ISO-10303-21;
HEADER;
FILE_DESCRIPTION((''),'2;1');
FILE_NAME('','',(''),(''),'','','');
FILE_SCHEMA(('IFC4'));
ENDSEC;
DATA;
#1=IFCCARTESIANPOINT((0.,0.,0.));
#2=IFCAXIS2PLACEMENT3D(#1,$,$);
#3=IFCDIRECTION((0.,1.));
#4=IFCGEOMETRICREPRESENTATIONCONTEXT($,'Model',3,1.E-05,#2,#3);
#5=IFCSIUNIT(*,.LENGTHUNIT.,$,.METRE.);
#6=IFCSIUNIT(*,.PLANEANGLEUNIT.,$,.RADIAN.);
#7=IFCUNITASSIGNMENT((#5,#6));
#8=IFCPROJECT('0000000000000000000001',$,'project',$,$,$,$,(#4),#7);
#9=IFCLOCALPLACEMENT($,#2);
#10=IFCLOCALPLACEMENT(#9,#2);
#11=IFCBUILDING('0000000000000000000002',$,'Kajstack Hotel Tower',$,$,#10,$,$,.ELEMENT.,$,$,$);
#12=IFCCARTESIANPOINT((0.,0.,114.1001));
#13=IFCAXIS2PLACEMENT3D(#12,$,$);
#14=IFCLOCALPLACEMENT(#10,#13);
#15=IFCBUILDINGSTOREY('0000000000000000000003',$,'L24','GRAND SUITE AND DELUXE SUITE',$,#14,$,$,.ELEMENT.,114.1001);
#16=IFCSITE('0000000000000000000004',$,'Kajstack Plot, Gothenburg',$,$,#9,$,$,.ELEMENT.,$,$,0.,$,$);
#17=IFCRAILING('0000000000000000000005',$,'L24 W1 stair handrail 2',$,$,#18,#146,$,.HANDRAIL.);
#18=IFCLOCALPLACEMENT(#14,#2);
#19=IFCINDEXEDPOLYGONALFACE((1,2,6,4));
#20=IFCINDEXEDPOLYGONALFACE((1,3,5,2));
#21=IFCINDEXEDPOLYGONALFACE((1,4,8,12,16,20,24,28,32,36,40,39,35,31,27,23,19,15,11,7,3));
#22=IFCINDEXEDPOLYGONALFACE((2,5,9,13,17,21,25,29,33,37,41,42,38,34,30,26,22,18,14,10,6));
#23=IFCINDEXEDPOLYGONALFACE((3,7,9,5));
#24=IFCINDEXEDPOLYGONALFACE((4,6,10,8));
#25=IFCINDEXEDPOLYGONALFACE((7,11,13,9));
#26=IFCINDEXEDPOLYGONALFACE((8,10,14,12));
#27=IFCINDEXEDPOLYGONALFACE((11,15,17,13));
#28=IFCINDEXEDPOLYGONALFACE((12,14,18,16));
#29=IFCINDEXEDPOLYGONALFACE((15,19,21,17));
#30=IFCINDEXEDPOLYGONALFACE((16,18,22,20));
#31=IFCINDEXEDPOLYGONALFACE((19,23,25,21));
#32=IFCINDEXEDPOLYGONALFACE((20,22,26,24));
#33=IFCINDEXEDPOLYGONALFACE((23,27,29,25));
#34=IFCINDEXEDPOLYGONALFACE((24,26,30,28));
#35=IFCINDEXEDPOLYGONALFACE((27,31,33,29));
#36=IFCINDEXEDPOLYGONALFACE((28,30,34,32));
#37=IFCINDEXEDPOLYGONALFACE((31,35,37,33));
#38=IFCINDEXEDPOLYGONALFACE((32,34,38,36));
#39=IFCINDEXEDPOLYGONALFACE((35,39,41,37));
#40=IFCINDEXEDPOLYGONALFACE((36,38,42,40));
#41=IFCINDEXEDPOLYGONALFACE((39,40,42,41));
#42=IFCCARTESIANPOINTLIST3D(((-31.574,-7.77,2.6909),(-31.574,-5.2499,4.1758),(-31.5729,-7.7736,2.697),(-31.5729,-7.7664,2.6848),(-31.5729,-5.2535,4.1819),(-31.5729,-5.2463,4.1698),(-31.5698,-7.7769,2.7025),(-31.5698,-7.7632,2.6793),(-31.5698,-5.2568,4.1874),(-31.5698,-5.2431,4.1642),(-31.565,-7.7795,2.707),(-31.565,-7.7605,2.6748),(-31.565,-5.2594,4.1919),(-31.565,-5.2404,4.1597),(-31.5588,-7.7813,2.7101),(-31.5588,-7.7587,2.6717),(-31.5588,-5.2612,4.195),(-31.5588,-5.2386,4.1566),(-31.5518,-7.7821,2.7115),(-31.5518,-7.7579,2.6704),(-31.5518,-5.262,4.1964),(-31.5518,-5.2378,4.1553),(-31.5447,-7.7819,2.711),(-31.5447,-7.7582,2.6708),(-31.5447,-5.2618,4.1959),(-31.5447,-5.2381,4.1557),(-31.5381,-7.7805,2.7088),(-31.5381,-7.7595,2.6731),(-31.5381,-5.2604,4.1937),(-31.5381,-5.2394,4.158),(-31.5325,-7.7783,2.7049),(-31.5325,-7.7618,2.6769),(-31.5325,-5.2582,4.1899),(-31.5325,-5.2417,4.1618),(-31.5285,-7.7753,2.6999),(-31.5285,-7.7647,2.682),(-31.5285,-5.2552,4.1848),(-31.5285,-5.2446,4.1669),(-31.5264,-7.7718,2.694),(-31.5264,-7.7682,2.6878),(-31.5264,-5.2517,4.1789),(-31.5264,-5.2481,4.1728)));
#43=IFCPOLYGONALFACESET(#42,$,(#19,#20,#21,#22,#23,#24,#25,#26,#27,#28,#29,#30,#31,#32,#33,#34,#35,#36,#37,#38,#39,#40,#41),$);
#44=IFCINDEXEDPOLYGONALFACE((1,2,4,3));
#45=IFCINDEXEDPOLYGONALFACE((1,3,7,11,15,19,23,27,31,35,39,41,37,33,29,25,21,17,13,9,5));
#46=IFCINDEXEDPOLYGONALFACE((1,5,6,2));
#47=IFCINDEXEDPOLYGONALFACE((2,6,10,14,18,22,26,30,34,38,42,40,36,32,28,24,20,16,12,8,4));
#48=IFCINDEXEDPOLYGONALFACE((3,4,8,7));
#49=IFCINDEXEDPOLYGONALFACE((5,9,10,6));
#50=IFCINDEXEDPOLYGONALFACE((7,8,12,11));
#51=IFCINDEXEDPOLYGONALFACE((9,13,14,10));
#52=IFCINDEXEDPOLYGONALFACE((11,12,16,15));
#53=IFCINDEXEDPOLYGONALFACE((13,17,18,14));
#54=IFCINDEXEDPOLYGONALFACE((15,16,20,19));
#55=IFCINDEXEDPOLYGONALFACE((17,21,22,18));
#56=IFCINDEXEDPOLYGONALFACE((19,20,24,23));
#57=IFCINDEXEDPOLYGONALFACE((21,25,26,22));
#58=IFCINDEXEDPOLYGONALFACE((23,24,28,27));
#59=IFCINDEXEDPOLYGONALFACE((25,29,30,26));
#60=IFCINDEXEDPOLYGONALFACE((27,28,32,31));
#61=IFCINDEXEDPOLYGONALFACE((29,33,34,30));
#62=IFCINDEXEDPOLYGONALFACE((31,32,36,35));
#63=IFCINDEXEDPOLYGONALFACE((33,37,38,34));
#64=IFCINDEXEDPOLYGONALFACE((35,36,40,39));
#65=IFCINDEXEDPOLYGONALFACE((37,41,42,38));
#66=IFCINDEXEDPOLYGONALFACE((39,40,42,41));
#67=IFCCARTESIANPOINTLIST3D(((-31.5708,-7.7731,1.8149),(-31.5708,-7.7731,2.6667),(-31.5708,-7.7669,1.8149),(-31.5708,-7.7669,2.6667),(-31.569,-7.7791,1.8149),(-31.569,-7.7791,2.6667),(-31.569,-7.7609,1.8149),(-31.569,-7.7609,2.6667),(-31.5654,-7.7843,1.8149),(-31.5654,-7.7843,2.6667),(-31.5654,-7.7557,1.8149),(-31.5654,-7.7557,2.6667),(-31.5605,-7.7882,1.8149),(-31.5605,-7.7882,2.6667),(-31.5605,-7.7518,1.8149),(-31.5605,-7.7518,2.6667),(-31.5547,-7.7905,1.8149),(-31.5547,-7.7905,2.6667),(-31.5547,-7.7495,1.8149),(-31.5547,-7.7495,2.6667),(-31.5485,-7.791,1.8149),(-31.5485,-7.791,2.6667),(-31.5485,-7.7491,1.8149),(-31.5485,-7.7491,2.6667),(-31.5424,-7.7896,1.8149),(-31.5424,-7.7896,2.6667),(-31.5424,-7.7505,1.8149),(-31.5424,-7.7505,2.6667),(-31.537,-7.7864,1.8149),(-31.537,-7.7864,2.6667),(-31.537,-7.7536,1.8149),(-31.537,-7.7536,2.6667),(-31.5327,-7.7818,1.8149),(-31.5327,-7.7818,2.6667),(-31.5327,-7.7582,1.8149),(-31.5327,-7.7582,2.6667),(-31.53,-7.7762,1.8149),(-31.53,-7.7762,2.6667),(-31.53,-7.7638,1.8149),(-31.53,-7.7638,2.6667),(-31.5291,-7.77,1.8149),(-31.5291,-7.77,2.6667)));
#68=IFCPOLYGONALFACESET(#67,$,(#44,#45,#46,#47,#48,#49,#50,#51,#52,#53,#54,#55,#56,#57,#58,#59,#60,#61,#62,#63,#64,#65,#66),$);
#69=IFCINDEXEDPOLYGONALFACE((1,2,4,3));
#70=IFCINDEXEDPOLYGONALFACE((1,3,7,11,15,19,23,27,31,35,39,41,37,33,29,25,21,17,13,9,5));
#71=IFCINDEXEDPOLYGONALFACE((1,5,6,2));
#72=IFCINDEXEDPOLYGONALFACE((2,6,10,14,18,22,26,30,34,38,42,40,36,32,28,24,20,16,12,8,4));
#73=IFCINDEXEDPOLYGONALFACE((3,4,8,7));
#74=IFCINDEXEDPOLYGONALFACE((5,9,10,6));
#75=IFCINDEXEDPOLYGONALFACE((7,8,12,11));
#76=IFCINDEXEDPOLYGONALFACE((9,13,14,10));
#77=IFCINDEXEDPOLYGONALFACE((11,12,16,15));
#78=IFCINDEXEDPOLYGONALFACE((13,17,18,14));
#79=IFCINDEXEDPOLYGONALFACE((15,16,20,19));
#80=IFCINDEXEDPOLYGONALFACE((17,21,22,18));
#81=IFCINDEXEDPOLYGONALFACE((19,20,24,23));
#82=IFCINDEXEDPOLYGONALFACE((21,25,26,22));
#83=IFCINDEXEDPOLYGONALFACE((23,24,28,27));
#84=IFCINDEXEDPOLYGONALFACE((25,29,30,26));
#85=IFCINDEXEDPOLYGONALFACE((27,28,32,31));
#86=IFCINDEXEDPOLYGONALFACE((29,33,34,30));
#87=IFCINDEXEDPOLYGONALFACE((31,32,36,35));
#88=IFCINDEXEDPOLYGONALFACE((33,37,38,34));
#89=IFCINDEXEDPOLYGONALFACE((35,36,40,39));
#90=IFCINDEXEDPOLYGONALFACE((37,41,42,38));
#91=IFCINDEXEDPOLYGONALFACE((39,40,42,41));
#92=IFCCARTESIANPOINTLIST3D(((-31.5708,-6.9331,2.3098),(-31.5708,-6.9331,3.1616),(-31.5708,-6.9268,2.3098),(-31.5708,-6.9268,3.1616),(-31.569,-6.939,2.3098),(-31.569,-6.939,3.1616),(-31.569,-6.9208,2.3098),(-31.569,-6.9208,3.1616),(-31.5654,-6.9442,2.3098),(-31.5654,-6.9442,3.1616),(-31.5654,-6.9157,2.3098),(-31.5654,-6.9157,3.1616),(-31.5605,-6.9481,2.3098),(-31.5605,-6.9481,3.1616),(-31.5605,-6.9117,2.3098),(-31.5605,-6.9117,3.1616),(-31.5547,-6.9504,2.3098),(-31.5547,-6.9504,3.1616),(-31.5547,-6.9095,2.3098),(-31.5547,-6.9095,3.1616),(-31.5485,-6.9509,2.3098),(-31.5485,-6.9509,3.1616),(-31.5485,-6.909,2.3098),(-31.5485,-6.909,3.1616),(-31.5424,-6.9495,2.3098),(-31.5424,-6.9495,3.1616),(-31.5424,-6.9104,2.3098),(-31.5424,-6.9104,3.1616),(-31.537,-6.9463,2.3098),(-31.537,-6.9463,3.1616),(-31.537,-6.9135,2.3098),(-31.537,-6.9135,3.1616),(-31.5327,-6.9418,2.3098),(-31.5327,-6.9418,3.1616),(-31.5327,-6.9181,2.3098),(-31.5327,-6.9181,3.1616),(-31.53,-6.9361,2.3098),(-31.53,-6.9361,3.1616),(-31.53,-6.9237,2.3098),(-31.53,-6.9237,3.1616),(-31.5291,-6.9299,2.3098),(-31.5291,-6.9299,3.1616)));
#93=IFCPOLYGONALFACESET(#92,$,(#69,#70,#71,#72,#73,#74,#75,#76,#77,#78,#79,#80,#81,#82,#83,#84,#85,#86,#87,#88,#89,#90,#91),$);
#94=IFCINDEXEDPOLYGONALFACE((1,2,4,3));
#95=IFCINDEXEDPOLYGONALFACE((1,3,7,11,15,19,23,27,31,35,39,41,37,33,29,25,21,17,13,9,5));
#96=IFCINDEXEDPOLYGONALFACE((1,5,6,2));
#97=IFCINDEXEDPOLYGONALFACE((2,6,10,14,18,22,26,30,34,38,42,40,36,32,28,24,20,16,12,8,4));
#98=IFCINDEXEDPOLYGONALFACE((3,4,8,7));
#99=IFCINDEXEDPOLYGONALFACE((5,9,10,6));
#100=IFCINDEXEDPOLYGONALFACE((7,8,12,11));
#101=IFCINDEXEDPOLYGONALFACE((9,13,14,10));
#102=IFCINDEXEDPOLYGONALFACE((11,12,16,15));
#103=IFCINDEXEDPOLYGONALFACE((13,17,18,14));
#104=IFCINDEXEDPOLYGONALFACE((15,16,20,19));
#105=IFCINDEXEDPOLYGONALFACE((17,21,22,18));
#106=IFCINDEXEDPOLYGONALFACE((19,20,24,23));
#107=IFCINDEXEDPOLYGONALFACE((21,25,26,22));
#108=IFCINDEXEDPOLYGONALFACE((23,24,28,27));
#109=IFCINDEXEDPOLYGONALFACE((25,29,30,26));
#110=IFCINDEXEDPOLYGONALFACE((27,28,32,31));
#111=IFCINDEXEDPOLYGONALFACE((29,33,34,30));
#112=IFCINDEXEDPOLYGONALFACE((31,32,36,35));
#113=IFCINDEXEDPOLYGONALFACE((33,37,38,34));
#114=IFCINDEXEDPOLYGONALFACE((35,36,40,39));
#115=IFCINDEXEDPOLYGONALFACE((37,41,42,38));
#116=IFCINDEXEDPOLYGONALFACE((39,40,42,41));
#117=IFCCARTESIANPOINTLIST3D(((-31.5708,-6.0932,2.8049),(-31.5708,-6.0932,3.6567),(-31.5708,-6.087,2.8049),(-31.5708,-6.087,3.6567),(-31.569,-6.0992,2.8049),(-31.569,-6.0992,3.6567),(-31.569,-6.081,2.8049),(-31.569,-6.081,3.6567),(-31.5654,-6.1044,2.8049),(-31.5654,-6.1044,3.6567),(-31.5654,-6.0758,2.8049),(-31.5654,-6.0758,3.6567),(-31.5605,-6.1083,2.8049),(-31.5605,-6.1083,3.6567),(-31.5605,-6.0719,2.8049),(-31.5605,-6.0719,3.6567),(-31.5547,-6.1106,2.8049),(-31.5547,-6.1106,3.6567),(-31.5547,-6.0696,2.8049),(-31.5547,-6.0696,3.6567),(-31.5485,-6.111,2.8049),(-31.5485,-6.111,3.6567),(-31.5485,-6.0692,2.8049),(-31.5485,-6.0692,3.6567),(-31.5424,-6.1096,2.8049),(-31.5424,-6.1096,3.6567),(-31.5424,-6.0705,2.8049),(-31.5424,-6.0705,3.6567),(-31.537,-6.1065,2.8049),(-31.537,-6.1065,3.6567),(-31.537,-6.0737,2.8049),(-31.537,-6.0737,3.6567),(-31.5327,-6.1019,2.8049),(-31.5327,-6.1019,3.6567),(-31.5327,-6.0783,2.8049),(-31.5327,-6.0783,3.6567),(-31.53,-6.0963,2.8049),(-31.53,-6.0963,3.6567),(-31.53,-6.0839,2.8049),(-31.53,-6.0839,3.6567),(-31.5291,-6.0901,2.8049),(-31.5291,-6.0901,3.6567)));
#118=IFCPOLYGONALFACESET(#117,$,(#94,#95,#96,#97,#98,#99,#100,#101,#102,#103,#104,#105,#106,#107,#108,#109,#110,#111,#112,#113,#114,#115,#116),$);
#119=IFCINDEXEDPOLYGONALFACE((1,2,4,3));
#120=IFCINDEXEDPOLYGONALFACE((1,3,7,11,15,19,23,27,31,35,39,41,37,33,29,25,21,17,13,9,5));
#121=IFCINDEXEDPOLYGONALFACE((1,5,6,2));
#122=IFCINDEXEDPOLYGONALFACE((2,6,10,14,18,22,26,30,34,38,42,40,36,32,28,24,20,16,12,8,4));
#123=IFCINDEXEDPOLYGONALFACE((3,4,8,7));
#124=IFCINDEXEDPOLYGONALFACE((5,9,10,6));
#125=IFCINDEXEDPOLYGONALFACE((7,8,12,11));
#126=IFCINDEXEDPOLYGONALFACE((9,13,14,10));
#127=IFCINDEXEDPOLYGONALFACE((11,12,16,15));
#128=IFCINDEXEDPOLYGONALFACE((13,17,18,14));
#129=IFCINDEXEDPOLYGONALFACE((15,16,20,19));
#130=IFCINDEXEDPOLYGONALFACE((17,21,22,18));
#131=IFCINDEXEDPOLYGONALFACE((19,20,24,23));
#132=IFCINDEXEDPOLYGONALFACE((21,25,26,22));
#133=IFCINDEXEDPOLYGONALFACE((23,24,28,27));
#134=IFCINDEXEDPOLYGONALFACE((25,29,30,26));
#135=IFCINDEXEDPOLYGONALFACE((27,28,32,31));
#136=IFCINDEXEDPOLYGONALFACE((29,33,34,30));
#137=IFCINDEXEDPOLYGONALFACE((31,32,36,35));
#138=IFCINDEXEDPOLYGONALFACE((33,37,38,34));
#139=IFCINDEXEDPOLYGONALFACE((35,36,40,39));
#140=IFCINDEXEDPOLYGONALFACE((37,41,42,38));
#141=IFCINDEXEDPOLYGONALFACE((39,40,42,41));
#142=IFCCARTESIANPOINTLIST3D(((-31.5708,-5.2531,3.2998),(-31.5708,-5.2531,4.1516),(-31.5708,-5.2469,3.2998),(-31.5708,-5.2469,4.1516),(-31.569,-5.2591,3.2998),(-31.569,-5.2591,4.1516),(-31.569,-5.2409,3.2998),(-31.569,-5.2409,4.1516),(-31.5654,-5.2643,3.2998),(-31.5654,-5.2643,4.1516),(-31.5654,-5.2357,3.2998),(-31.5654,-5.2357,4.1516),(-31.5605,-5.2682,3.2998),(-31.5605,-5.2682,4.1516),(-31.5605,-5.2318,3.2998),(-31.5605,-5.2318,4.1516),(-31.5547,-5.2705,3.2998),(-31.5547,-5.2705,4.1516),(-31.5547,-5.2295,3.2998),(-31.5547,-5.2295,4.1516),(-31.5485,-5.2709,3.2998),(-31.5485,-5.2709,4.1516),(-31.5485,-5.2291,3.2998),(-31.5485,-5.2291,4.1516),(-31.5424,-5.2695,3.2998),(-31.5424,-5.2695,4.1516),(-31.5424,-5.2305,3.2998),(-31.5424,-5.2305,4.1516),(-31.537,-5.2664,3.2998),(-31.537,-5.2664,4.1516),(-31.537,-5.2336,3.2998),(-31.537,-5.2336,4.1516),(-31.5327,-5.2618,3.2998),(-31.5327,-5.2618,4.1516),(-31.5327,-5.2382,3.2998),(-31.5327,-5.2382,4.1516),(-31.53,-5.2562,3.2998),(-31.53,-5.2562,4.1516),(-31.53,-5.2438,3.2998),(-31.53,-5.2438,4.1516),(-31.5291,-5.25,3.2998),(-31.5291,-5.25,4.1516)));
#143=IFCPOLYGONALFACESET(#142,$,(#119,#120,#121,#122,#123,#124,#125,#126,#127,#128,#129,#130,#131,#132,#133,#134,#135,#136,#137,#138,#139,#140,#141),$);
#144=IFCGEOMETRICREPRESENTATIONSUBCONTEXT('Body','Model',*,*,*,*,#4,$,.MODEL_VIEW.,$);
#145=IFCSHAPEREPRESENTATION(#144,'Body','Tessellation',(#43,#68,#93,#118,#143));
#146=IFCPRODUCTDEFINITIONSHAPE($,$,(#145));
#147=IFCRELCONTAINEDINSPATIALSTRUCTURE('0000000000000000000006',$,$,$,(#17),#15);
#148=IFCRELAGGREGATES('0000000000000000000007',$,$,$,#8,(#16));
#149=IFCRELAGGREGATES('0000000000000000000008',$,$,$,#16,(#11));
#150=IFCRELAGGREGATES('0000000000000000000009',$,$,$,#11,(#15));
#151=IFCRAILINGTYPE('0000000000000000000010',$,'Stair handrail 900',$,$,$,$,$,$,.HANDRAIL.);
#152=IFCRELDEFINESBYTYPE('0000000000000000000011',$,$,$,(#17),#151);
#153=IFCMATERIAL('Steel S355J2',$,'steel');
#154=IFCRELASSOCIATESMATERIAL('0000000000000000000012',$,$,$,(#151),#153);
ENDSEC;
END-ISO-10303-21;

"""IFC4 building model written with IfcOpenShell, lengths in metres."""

from ifc_helpers import new_model, si_unit, direction, frame, origin, origin_2d, place, context, subcontext, project, spatial, circle, extrude, material, type_object, element, save


model = new_model("IFC4")

# Units and contexts
model_context = context("Model", 3, precision=1e-05, world=origin(), true_north=direction((0.0, 1.0)))
body_context = subcontext(model_context, "Body", "Model", "MODEL_VIEW")
ifc_project = project(units=[si_unit("LENGTHUNIT", "METRE"), si_unit("PLANEANGLEUNIT", "RADIAN")], contexts=[model_context])

# Site, building, storey
site_placement = place(None, origin())
site = spatial("IfcSite", under=ifc_project, at=site_placement, Name="Kajstack Plot, Gothenburg", CompositionType="ELEMENT", RefElevation=0.0)
building_placement = place(site_placement, origin())
building = spatial("IfcBuilding", under=site, at=building_placement, Name="Kajstack Hotel Tower", CompositionType="ELEMENT")
storey_placement = place(building_placement, frame((0.0, 0.0, 114.1001)))
storey = spatial("IfcBuildingStorey", under=building, at=storey_placement, Name="L24", Description="GRAND SUITE AND DELUXE SUITE", CompositionType="ELEMENT", Elevation=114.1001)

# Railing
ifc_material_1 = material(Name="Steel S355J2", Category="steel")
railing_type_1 = type_object("IfcRailingType", Name="Stair handrail 900", PredefinedType="HANDRAIL", material=ifc_material_1)
railing_1_placement = place(storey_placement, frame((-31.55, -7.77, 1.8149)))
element("IfcRailing", 1, at=railing_1_placement, inside=storey, type_object=railing_type_1, Name="L24 W1 stair handrail 2", PredefinedType="HANDRAIL", context=body_context, shape_type="SweptSolid", body=[
    extrude(circle(Radius=0.0239, at=origin_2d()), frame((0.0, 0.0, 0.876), z_axis=(0.0, 0.861561, 0.507655), x_axis=(-1.0, 0.0, 0.0)), (0.0, 0.0, 1.0), 2.925),
    extrude(circle(Radius=0.021, at=origin_2d()), origin(), (0.0, 0.0, 1.0), 0.8518),
    extrude(circle(Radius=0.021, at=origin_2d()), frame((0.0, 0.8401, 0.4949)), (0.0, 0.0, 1.0), 0.8518),
    extrude(circle(Radius=0.021, at=origin_2d()), frame((0.0, 1.6799, 0.99)), (0.0, 0.0, 1.0), 0.8518),
    extrude(circle(Radius=0.021, at=origin_2d()), frame((0.0, 2.52, 1.4849)), (0.0, 0.0, 1.0), 0.8518),
])

save(model, "model.ifc")
